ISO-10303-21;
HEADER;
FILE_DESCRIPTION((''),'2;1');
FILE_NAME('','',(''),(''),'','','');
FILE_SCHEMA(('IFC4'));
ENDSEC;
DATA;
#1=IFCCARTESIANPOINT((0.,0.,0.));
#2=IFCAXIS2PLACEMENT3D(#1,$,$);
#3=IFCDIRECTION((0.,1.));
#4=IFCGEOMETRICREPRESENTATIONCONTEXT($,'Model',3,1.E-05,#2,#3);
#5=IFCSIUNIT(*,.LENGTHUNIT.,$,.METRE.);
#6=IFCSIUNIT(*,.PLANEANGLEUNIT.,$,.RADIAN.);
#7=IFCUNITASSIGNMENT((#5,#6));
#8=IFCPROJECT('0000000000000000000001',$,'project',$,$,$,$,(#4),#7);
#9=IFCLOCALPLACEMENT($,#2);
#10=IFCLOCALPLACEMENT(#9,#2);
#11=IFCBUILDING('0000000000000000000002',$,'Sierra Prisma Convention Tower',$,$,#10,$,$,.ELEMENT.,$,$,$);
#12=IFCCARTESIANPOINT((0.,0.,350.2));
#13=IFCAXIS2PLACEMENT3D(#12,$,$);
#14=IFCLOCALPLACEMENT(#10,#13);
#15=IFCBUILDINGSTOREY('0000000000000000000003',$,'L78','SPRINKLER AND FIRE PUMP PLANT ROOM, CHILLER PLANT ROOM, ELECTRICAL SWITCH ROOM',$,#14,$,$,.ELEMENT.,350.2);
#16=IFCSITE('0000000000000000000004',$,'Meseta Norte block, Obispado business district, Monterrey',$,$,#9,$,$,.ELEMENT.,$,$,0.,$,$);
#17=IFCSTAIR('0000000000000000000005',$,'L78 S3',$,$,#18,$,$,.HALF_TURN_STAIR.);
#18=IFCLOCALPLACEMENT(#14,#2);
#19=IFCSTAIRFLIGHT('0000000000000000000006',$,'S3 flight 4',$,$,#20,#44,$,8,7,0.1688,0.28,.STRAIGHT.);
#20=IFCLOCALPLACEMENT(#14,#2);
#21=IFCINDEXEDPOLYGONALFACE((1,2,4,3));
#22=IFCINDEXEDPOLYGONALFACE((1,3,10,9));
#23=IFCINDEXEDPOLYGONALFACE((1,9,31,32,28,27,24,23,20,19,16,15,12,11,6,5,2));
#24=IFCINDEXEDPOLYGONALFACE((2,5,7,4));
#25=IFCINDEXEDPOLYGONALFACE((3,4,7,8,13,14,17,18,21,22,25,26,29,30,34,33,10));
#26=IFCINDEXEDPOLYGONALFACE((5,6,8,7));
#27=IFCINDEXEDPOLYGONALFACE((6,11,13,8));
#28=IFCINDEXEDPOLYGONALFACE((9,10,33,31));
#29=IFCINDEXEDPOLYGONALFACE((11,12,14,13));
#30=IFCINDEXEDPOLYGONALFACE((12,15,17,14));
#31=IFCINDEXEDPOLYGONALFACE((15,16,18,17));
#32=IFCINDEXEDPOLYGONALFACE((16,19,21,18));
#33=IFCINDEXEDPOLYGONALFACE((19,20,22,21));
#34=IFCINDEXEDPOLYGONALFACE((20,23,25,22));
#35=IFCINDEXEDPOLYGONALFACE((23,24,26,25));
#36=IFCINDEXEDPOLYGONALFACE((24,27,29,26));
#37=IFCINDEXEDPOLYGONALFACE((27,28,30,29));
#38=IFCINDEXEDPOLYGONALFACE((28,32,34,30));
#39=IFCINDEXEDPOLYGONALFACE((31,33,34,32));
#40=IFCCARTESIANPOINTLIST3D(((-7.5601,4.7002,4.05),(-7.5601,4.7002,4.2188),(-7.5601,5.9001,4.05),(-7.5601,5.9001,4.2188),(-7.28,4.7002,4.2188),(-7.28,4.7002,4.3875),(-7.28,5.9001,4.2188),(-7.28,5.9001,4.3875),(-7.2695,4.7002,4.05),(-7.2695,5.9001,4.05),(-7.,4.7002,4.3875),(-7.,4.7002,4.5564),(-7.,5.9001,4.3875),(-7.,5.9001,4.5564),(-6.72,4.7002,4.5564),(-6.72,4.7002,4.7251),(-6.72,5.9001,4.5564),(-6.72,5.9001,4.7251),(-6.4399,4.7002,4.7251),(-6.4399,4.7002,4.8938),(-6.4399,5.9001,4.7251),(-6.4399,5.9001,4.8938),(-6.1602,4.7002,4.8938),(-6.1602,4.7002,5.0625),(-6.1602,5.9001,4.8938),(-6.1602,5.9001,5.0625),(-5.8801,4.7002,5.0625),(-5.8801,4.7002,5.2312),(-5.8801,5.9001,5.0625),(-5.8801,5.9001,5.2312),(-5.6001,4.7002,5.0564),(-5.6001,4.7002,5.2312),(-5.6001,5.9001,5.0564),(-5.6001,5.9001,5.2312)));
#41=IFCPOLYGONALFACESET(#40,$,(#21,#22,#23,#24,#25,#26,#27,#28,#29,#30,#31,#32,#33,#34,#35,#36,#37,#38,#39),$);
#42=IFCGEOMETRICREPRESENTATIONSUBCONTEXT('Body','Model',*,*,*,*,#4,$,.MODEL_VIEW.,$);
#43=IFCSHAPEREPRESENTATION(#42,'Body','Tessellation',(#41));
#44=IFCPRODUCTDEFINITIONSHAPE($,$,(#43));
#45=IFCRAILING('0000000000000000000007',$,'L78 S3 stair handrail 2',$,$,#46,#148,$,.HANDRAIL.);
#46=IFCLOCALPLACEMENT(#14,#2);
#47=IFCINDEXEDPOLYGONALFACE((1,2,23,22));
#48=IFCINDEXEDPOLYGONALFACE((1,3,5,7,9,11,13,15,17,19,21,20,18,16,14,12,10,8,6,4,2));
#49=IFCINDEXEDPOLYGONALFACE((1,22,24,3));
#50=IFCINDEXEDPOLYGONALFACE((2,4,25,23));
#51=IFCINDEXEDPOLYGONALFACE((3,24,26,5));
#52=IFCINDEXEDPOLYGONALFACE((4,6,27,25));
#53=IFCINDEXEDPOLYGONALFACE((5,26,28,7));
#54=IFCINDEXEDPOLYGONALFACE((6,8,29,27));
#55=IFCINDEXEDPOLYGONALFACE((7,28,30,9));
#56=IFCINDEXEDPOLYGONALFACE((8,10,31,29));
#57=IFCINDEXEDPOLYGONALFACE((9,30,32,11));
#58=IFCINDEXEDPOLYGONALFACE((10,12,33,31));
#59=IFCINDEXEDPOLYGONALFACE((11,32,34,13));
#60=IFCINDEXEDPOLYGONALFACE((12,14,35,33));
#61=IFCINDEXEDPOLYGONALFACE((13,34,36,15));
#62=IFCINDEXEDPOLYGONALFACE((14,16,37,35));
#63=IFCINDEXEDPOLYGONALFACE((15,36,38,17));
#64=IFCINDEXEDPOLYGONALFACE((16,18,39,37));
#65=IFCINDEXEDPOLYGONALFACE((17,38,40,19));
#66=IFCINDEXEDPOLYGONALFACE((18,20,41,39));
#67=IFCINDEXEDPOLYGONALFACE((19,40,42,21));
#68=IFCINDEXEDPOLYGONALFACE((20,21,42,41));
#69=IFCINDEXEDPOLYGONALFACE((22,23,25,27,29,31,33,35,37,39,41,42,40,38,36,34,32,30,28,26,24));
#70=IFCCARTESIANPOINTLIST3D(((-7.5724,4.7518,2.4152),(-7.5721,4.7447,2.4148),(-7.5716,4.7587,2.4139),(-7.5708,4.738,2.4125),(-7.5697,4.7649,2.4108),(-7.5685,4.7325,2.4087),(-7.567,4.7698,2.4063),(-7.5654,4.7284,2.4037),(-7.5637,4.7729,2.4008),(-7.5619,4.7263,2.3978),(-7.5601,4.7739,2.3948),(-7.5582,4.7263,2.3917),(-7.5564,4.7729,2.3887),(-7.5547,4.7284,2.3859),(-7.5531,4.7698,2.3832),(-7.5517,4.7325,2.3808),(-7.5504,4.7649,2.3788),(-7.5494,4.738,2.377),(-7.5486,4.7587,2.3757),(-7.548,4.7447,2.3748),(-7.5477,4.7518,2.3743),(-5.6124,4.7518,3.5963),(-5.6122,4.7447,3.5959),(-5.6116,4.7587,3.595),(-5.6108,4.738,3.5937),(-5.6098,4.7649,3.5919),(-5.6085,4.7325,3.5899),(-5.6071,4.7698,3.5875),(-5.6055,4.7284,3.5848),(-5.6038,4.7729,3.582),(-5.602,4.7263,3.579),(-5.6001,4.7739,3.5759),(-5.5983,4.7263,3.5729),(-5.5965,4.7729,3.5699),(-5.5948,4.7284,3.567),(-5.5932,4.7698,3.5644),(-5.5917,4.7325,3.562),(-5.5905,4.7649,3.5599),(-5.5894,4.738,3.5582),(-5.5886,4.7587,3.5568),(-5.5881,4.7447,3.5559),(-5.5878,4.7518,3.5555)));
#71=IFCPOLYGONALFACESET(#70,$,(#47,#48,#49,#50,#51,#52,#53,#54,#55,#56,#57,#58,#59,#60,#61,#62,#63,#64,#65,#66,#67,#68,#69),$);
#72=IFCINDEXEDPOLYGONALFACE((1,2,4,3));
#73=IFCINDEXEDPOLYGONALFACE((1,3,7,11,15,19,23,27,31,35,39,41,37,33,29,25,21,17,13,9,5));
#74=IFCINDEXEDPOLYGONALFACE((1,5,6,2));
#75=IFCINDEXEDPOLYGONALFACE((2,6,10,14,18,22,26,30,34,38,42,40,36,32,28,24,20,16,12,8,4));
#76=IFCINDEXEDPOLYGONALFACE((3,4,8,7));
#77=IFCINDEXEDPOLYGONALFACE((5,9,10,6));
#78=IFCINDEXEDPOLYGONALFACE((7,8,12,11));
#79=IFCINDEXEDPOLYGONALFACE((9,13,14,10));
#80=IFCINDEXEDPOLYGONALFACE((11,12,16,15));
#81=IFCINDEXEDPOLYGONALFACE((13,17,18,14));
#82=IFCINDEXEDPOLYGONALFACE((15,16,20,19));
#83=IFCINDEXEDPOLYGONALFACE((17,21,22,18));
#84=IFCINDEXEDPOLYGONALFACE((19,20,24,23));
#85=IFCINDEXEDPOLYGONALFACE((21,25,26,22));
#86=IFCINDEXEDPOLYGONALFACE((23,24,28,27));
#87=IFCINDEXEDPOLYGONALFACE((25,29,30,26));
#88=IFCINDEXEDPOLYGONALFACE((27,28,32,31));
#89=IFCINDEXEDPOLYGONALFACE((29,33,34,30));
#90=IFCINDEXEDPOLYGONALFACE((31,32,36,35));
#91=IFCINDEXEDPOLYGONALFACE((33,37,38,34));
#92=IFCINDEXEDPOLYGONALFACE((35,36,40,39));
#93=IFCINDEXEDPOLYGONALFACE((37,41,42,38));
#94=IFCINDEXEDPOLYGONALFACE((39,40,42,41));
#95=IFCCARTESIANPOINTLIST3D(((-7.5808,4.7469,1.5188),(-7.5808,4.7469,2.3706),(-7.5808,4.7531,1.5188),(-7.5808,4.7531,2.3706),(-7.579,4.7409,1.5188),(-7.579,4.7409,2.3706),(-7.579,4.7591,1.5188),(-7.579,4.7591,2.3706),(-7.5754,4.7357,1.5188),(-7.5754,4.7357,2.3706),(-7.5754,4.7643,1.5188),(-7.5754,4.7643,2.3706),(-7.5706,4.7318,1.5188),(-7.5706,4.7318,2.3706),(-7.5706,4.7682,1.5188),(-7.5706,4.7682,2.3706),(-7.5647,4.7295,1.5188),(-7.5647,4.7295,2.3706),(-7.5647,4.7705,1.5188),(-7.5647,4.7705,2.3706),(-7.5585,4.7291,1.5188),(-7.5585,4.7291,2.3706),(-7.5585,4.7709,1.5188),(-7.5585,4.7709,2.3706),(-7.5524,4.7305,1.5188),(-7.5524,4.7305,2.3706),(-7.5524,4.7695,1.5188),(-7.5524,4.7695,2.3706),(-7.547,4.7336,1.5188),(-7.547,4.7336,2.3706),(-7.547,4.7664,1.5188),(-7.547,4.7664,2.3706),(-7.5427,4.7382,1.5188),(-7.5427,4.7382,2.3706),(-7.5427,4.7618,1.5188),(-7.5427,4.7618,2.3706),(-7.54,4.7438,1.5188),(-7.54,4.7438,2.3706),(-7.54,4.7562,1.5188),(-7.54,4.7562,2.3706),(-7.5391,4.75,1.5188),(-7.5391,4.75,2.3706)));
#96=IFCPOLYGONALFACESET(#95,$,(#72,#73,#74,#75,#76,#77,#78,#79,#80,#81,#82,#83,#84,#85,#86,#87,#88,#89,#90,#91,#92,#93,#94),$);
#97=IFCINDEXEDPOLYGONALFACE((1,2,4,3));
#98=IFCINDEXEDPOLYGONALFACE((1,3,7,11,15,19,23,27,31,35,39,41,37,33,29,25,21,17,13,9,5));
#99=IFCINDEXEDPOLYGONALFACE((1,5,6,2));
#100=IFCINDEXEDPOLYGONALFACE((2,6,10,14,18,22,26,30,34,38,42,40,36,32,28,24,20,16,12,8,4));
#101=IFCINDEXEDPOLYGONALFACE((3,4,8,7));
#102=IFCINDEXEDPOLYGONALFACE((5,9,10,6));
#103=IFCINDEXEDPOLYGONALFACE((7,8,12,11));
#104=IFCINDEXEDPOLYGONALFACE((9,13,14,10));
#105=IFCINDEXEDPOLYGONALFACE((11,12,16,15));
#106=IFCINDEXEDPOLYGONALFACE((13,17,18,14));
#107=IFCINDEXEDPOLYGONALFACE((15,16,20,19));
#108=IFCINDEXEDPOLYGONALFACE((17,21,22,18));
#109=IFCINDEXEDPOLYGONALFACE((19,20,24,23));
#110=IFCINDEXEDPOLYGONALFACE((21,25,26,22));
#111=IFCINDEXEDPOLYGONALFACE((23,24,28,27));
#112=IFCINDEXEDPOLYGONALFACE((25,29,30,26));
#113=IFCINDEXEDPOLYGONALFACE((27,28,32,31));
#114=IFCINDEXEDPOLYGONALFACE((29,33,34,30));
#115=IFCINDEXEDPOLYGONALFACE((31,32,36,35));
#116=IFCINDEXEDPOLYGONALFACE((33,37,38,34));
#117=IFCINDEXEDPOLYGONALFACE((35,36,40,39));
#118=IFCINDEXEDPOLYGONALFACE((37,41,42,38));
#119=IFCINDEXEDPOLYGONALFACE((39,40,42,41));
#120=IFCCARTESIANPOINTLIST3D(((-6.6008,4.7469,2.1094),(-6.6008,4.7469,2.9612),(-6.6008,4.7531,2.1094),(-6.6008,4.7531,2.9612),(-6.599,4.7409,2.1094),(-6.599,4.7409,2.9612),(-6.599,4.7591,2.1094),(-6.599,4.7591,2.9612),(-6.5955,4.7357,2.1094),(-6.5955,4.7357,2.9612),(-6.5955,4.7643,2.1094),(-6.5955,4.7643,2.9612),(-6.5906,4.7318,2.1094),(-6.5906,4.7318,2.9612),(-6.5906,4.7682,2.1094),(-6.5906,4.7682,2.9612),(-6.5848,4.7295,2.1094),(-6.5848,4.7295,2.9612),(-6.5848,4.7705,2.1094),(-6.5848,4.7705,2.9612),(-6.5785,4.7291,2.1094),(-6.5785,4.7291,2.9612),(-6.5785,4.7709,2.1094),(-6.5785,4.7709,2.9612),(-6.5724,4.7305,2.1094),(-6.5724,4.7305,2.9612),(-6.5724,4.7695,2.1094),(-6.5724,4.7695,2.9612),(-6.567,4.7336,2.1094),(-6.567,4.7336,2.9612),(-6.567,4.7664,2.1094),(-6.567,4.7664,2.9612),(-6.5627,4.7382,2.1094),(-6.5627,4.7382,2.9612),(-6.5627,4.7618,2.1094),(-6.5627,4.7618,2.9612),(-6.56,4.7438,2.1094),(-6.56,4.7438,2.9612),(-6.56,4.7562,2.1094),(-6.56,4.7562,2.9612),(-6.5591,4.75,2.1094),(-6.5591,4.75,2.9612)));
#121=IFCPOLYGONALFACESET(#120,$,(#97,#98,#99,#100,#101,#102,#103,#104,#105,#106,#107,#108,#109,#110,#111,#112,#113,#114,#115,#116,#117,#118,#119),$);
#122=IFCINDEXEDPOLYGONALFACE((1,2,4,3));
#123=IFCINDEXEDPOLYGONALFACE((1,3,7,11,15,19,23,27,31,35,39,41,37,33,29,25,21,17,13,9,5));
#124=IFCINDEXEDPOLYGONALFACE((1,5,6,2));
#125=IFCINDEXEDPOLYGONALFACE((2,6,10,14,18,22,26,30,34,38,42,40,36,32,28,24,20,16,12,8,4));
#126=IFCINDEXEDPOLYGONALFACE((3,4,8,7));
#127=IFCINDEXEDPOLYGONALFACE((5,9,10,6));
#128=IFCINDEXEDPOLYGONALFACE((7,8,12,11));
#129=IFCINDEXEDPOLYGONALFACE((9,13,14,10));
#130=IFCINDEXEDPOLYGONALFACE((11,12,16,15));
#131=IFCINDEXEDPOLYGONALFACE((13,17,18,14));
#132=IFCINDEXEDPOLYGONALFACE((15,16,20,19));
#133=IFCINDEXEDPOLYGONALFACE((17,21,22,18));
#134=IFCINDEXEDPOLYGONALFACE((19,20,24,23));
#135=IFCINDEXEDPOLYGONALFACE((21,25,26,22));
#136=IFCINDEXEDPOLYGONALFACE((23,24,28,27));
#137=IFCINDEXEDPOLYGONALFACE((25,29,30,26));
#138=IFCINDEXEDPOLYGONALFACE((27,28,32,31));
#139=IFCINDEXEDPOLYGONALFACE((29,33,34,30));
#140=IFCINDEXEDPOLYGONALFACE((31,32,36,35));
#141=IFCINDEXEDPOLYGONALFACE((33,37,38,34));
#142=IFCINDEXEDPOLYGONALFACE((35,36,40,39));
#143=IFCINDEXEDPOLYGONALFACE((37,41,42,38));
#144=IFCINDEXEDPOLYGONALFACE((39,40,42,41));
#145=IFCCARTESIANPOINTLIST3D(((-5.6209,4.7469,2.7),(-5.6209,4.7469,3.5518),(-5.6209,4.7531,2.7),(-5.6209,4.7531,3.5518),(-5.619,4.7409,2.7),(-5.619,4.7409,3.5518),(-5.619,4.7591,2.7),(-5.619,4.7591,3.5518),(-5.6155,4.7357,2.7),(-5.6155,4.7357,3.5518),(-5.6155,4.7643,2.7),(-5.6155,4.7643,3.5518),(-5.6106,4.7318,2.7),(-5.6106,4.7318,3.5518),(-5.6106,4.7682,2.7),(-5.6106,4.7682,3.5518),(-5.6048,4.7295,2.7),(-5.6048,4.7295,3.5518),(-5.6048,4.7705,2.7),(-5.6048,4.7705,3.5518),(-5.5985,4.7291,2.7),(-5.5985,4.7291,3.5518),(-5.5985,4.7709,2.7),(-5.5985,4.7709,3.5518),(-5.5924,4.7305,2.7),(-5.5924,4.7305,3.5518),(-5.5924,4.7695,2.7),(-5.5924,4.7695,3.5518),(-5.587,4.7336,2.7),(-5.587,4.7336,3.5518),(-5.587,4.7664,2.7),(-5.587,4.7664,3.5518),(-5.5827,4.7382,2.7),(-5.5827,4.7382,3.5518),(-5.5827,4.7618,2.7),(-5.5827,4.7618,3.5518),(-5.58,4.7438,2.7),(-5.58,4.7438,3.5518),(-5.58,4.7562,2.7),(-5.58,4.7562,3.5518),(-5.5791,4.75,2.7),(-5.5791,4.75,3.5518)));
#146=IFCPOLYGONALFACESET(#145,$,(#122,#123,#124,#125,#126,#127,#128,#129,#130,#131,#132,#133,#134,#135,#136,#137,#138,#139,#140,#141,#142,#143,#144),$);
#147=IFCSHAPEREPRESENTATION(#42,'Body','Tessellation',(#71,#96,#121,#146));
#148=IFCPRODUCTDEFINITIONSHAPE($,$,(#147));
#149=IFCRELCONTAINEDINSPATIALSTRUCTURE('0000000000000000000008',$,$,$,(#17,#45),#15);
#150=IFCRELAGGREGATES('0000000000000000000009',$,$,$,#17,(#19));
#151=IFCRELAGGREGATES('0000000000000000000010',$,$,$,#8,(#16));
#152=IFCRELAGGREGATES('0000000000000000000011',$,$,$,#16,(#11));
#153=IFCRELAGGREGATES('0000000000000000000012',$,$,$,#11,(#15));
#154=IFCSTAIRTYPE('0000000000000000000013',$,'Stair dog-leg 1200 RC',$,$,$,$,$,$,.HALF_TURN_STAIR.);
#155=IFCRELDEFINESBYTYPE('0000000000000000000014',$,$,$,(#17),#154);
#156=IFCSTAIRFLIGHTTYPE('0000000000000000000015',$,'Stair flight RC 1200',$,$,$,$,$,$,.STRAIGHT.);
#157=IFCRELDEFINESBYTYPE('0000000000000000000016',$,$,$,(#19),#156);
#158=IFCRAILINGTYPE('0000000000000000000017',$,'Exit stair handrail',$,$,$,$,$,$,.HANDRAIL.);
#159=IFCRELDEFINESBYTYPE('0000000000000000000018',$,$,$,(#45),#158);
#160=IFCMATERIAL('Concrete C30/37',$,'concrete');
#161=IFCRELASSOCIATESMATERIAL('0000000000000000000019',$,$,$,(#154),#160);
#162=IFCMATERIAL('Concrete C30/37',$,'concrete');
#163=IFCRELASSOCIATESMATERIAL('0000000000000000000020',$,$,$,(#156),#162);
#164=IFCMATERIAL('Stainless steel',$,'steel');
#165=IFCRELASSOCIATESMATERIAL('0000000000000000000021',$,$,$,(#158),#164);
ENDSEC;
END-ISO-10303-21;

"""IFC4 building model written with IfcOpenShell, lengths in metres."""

from ifc_helpers import new_model, si_unit, direction, frame, origin, origin_2d, place, context, subcontext, project, spatial, polyline, circle, outline, extrude, material, type_object, element, aggregate, save


model = new_model("IFC4")

# Units and contexts
model_context = context("Model", 3, precision=1e-05, world=origin(), true_north=direction((0.0, 1.0)))
body_context = subcontext(model_context, "Body", "Model", "MODEL_VIEW")
ifc_project = project(units=[si_unit("LENGTHUNIT", "METRE"), si_unit("PLANEANGLEUNIT", "RADIAN")], contexts=[model_context])

# Site, building, storey
site_placement = place(None, origin())
site = spatial("IfcSite", under=ifc_project, at=site_placement, Name="Meseta Norte block, Obispado business district, Monterrey", CompositionType="ELEMENT", RefElevation=0.0)
building_placement = place(site_placement, origin())
building = spatial("IfcBuilding", under=site, at=building_placement, Name="Sierra Prisma Convention Tower", CompositionType="ELEMENT")
storey_placement = place(building_placement, frame((0.0, 0.0, 350.2)))
storey = spatial("IfcBuildingStorey", under=building, at=storey_placement, Name="L78", Description="SPRINKLER AND FIRE PUMP PLANT ROOM, CHILLER PLANT ROOM, ELECTRICAL SWITCH ROOM", CompositionType="ELEMENT", Elevation=350.2)

# Stair, stair flight
ifc_material_1 = material(Name="Concrete C30/37", Category="concrete")
stair_type = type_object("IfcStairType", Name="Stair dog-leg 1200 RC", PredefinedType="HALF_TURN_STAIR", material=ifc_material_1)
stair_placement = place(storey_placement, origin())
stair = element("IfcStair", 1, at=stair_placement, inside=storey, type_object=stair_type, Name="L78 S3", PredefinedType="HALF_TURN_STAIR")
ifc_material_2 = material(Name="Concrete C30/37", Category="concrete")
stair_flight_type = type_object("IfcStairFlightType", Name="Stair flight RC 1200", PredefinedType="STRAIGHT", material=ifc_material_2)
stair_flight_1_placement = place(storey_placement, frame((-7.5601, 5.3, 4.05), z_axis=(0.0, 0.0, 1.0), x_axis=(1.0, 0.0, 0.0)))
stair_flight_1 = element("IfcStairFlight", 2, at=stair_flight_1_placement, type_object=stair_flight_type, Name="S3 flight 4", NumberOfRisers=8, NumberOfTreads=7, PredefinedType="STRAIGHT", RiserHeight=0.1688, TreadLength=0.28, context=body_context, shape_type="SweptSolid", body=[
    extrude(outline(polyline([(0.0, 0.0), (0.0, 0.1687), (0.28, 0.1687), (0.28, 0.3374), (0.5601, 0.3374), (0.5601, 0.5063), (0.8401, 0.5063), (0.8401, 0.675), (1.1201, 0.675), (1.1201, 0.8438), (1.3999, 0.8438), (1.3999, 1.0125), (1.6799, 1.0125), (1.6799, 1.1812), (1.96, 1.1812), (1.96, 1.3501), (1.96, 1.0063), (0.2905, 0.0), (0.0, 0.0)])), frame((0.0, 0.6001, 0.0), z_axis=(0.0, -1.0, 0.0), x_axis=(1.0, 0.0, 0.0)), (0.0, 0.0, 1.0), 1.2),
])
aggregate(stair, [stair_flight_1])

# Railing
ifc_material_3 = material(Name="Stainless steel", Category="steel")
railing_type = type_object("IfcRailingType", Name="Exit stair handrail", PredefinedType="HANDRAIL", material=ifc_material_3)
railing_1_placement = place(storey_placement, frame((-7.5601, 4.75, 1.5188)))
element("IfcRailing", 3, at=railing_1_placement, inside=storey, type_object=railing_type, Name="L78 S3 stair handrail 2", PredefinedType="HANDRAIL", context=body_context, shape_type="SweptSolid", body=[
    extrude(circle(Radius=0.0239, at=origin_2d()), frame((0.0, 0.0, 0.876), z_axis=(0.856493, 0.0, 0.516158), x_axis=(0.0, 1.0, 0.0)), (0.0, 0.0, 1.0), 2.2883),
    extrude(circle(Radius=0.021, at=origin_2d()), origin(), (0.0, 0.0, 1.0), 0.8518),
    extrude(circle(Radius=0.021, at=origin_2d()), frame((0.98, 0.0, 0.5906)), (0.0, 0.0, 1.0), 0.8518),
    extrude(circle(Radius=0.021, at=origin_2d()), frame((1.96, 0.0, 1.1812)), (0.0, 0.0, 1.0), 0.8518),
])

save(model, "model.ifc")
